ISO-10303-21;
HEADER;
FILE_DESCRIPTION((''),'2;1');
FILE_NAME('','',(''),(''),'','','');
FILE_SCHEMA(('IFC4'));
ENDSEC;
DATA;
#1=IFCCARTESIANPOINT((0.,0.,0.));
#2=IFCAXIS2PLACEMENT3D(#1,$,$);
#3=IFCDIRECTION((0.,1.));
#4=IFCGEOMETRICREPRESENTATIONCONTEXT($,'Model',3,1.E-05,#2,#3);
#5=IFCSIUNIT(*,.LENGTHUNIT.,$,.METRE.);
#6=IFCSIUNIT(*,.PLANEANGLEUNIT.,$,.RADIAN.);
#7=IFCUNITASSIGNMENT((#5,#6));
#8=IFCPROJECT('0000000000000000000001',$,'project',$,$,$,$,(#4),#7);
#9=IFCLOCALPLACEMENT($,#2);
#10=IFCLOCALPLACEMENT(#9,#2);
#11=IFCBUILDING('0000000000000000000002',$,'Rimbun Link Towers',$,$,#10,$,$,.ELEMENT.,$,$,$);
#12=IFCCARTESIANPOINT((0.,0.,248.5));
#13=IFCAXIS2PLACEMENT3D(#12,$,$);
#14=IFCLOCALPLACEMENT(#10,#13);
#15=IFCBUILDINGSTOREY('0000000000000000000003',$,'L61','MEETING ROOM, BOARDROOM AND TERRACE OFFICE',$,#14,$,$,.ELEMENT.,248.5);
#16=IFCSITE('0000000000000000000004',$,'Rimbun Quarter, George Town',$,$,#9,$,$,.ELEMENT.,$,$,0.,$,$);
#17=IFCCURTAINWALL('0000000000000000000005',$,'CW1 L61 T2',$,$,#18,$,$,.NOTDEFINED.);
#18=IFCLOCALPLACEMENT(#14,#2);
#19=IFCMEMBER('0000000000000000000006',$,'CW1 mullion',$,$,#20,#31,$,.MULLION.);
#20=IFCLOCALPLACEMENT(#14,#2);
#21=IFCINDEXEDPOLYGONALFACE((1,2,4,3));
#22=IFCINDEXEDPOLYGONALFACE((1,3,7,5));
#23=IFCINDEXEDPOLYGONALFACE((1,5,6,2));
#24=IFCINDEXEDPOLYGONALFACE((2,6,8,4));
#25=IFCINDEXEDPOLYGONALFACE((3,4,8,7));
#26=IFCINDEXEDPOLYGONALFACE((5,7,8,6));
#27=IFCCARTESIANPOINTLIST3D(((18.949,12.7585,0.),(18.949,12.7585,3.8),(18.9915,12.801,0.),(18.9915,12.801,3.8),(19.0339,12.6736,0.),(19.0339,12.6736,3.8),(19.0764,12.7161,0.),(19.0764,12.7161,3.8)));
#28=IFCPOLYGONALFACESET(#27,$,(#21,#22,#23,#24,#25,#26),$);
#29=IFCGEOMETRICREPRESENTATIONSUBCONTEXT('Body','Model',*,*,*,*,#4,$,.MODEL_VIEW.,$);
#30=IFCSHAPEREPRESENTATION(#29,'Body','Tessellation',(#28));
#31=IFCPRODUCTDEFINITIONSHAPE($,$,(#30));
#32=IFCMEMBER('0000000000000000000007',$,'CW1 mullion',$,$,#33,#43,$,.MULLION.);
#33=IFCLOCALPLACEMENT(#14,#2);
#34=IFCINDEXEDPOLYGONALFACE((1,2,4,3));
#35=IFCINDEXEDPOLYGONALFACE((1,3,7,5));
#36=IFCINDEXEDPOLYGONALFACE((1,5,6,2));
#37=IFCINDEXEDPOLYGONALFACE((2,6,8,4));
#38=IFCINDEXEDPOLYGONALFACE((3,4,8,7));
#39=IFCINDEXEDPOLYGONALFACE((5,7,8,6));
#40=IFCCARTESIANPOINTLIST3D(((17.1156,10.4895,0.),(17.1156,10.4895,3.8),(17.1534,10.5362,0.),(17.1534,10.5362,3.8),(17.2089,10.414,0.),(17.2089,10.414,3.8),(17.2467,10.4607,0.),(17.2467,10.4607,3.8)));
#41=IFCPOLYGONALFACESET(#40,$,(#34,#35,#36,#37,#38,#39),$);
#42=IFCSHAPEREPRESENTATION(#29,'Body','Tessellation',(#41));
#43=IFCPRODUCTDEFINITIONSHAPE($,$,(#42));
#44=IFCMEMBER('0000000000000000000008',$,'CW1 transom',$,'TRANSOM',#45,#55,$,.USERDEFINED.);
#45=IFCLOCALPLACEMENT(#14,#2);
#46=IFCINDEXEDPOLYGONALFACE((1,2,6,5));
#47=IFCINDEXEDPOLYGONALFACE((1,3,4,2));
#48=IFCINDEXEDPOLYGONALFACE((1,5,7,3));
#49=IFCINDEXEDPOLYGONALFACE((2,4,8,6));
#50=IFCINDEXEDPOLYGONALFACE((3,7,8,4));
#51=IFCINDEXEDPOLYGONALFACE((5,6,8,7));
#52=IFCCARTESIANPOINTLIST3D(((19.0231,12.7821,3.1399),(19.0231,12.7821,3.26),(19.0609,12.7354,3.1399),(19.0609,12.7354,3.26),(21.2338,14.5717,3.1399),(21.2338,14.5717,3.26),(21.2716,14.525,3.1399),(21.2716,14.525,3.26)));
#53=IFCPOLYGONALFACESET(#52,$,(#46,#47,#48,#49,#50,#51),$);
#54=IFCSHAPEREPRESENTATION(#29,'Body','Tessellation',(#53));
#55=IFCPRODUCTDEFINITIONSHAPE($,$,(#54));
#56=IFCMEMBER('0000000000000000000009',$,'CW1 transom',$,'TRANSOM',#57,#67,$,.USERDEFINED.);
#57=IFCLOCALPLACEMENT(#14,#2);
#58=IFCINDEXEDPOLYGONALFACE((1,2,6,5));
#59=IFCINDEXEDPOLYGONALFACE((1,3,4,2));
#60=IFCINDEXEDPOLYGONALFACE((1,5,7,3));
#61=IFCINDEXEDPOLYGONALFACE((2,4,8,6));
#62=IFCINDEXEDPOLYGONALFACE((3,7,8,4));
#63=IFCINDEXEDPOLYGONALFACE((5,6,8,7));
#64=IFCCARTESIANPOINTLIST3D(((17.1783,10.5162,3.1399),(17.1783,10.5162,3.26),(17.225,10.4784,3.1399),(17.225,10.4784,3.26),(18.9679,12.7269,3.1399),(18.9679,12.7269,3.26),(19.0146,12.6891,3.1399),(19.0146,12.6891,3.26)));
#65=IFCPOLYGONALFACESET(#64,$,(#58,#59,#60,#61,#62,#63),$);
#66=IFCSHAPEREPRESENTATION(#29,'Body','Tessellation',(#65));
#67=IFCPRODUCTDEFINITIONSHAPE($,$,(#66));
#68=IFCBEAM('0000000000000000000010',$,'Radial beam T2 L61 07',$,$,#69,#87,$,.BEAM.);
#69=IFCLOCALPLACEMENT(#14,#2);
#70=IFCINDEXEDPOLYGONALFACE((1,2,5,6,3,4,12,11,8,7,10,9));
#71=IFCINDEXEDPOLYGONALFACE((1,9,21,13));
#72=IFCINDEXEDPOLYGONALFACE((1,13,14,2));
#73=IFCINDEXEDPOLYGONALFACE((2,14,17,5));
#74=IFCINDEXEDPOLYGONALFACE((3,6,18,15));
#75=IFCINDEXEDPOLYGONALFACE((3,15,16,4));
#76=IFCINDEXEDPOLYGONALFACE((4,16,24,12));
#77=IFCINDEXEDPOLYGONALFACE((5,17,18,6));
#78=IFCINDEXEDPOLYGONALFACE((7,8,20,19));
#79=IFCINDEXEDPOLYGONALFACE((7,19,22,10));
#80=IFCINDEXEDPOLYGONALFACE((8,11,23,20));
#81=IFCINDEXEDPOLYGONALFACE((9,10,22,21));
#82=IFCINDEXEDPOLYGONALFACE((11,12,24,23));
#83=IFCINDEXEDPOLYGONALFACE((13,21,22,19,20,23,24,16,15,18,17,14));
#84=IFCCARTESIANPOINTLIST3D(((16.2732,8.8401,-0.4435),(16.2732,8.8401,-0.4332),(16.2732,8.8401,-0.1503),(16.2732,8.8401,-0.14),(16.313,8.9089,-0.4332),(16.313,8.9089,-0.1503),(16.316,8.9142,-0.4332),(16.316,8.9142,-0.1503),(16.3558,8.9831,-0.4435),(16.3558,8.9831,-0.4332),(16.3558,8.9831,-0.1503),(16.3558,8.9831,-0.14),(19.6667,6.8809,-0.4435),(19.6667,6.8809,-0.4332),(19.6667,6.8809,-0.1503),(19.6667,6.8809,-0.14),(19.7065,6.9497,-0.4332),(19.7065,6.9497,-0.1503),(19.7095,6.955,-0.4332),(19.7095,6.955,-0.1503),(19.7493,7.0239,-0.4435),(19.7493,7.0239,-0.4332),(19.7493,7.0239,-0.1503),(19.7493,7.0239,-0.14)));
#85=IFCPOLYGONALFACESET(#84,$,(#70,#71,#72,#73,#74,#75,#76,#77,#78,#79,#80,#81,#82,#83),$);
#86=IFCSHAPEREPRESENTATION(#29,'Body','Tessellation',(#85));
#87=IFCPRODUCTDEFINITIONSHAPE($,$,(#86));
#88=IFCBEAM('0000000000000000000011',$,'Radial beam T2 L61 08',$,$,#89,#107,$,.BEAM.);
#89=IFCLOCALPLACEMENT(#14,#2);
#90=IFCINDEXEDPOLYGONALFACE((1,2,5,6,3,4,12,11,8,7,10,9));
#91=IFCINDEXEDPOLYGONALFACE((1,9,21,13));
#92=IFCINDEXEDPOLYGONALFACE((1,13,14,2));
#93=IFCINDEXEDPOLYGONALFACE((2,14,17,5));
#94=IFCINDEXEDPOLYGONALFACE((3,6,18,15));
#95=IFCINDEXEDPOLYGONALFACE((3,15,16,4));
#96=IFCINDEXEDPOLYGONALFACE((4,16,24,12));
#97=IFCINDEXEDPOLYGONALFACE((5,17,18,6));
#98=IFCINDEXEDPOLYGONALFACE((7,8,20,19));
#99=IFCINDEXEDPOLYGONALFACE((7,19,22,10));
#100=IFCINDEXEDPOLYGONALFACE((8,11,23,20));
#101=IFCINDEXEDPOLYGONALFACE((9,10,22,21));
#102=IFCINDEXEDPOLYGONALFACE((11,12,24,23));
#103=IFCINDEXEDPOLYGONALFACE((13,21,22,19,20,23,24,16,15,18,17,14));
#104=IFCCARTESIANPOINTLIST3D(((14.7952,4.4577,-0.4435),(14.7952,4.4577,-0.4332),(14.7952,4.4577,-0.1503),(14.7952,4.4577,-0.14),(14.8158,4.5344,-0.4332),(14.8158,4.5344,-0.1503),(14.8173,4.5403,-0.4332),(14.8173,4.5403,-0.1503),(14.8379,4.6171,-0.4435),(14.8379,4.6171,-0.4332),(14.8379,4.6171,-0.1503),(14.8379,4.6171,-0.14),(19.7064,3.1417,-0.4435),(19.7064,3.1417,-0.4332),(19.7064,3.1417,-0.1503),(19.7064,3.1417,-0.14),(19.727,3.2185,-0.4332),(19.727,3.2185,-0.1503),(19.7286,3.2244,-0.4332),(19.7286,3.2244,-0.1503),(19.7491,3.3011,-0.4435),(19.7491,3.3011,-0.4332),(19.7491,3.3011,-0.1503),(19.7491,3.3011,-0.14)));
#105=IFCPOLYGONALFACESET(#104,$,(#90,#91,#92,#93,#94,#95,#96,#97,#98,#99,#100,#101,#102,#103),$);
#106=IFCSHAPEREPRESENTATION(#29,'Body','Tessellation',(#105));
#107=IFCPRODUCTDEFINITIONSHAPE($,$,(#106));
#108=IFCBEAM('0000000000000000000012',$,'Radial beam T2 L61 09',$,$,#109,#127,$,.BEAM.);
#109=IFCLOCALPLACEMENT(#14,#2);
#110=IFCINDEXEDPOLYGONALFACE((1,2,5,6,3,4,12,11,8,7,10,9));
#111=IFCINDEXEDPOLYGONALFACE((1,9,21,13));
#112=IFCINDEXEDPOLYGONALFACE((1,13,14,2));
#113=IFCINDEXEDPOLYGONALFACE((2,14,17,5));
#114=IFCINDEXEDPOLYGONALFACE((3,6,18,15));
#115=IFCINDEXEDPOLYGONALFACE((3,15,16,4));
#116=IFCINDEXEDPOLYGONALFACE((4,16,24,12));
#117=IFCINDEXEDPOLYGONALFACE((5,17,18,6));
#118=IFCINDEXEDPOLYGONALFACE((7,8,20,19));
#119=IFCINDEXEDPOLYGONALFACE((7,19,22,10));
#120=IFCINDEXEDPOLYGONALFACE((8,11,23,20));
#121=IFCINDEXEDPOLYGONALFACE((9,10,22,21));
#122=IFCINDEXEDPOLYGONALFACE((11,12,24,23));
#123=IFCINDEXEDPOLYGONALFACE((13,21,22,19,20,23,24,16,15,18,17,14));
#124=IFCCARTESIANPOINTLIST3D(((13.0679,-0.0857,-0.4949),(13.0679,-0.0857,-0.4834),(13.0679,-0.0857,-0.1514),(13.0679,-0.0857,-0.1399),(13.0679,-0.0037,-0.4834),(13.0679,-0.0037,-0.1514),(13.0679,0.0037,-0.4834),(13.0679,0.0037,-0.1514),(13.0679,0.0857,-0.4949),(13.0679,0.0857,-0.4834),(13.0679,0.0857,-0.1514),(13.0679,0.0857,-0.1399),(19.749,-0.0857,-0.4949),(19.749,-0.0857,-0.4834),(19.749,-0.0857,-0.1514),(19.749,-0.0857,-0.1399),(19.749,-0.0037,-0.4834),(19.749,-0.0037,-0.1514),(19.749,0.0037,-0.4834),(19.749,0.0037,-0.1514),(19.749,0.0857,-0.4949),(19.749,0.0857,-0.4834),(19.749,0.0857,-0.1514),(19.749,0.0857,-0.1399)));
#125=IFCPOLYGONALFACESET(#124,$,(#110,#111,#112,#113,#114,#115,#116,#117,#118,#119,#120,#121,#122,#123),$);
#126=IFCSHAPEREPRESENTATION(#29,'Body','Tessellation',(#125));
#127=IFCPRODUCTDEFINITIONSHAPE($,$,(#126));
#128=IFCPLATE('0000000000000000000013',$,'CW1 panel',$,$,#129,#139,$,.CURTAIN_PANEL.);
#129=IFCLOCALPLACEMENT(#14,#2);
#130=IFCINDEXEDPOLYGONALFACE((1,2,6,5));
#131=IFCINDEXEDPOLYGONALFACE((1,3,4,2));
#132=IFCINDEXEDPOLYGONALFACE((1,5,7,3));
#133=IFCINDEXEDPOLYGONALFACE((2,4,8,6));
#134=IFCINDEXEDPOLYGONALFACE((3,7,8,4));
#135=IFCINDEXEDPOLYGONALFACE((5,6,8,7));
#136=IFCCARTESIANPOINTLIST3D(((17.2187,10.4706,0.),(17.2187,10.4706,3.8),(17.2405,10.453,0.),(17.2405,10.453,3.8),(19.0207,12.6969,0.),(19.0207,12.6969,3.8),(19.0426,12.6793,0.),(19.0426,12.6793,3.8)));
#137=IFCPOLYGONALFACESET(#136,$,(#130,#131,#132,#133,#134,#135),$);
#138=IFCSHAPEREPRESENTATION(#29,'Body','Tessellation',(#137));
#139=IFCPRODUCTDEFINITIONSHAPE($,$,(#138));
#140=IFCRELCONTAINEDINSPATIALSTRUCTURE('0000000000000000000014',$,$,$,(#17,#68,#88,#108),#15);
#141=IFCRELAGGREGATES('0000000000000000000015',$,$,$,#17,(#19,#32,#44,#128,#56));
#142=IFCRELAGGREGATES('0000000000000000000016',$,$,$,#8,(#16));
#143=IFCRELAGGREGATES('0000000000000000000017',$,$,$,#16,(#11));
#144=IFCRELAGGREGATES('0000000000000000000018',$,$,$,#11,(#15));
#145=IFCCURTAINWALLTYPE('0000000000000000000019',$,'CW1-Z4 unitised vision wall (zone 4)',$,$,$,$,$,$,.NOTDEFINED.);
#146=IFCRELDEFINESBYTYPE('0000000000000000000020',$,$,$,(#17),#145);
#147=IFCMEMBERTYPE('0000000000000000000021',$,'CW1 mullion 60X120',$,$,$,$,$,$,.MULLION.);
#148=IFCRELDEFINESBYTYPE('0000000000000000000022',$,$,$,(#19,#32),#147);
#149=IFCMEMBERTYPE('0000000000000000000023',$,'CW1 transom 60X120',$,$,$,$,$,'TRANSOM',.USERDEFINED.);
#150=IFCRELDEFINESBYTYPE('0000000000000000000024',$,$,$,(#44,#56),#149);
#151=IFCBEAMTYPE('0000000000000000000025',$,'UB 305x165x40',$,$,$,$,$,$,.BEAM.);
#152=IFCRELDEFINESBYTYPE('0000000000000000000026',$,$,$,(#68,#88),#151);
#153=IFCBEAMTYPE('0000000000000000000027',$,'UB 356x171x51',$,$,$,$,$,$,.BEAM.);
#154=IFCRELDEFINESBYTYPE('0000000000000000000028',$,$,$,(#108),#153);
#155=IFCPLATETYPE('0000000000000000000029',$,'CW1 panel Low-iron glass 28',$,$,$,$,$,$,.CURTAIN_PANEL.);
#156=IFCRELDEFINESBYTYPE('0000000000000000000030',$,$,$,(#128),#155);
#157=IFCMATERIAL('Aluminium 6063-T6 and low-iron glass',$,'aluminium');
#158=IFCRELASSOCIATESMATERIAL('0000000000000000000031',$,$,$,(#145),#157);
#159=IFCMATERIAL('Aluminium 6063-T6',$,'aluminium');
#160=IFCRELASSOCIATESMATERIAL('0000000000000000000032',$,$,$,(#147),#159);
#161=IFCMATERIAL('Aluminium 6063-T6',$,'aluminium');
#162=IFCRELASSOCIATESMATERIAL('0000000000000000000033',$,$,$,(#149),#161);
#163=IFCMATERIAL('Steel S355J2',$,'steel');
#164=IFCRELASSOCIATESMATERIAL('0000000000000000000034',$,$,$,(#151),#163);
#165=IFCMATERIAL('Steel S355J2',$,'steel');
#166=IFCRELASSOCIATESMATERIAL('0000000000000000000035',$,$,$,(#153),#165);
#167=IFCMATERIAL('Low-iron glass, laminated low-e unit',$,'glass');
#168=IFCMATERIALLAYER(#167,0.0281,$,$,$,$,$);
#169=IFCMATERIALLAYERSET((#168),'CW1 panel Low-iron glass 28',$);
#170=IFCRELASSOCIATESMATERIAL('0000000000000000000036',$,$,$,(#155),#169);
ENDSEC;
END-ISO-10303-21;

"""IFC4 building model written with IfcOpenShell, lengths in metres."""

from ifc_helpers import new_model, si_unit, direction, frame, origin, origin_2d, place, context, subcontext, project, spatial, rectangle, i_section, extrude, material, layer, layer_set, material_profile, profile_set, type_object, element, aggregate, save


model = new_model("IFC4")

# Units and contexts
model_context = context("Model", 3, precision=1e-05, world=origin(), true_north=direction((0.0, 1.0)))
body_context = subcontext(model_context, "Body", "Model", "MODEL_VIEW")
ifc_project = project(units=[si_unit("LENGTHUNIT", "METRE"), si_unit("PLANEANGLEUNIT", "RADIAN")], contexts=[model_context])

# Site, building, storey
site_placement = place(None, origin())
site = spatial("IfcSite", under=ifc_project, at=site_placement, Name="Rimbun Quarter, George Town", CompositionType="ELEMENT", RefElevation=0.0)
building_placement = place(site_placement, origin())
building = spatial("IfcBuilding", under=site, at=building_placement, Name="Rimbun Link Towers", CompositionType="ELEMENT")
storey_placement = place(building_placement, frame((0.0, 0.0, 248.5)))
storey = spatial("IfcBuildingStorey", under=building, at=storey_placement, Name="L61", Description="MEETING ROOM, BOARDROOM AND TERRACE OFFICE", CompositionType="ELEMENT", Elevation=248.5)

# Curtain wall, members
ifc_material_1 = material(Name="Aluminium 6063-T6 and low-iron glass", Category="aluminium")
curtain_wall_type = type_object("IfcCurtainWallType", Name="CW1-Z4 unitised vision wall (zone 4)", PredefinedType="NOTDEFINED", material=ifc_material_1)
curtain_wall_placement = place(storey_placement, origin())
curtain_wall = element("IfcCurtainWall", 1, at=curtain_wall_placement, inside=storey, type_object=curtain_wall_type, Name="CW1 L61 T2", PredefinedType="NOTDEFINED")
ifc_material_2 = material(Name="Aluminium 6063-T6", Category="aluminium")
ifc_material_profile_1 = material_profile(ifc_material_2, rectangle(XDim=0.1201, YDim=0.0601, at=origin_2d()), Name="MULLION 60X120")
ifc_profile_set_1 = profile_set([ifc_material_profile_1], Name="Aluminium 6063-T6")
member_type_1 = type_object("IfcMemberType", Name="CW1 mullion 60X120", PredefinedType="MULLION", material=ifc_profile_set_1)
member_1_placement = place(storey_placement, frame((19.0127, 12.7373, 0.0), z_axis=(0.0, 0.0, 1.0), x_axis=(-0.707107, 0.707107, 0.0)))
member_1 = element("IfcMember", 2, at=member_1_placement, type_object=member_type_1, Name="CW1 mullion", PredefinedType="MULLION", context=body_context, shape_type="SweptSolid", body=[
    extrude(rectangle(XDim=0.1201, YDim=0.0601, at=origin_2d()), origin(), (0.0, 0.0, 1.0), 3.8),
])
member_2_placement = place(storey_placement, frame((17.1812, 10.4751, 0.0), z_axis=(0.0, 0.0, 1.0), x_axis=(-0.777277, 0.629159, 0.0)))
member_2 = element("IfcMember", 3, at=member_2_placement, type_object=member_type_1, Name="CW1 mullion", PredefinedType="MULLION", context=body_context, shape_type="SweptSolid", body=[
    extrude(rectangle(XDim=0.1201, YDim=0.0601, at=origin_2d()), origin(), (0.0, 0.0, 1.0), 3.8),
])
ifc_material_3 = material(Name="Aluminium 6063-T6", Category="aluminium")
ifc_material_profile_2 = material_profile(ifc_material_3, rectangle(XDim=0.0601, YDim=0.1201, at=origin_2d()), Name="TRANSOM 60X120")
ifc_profile_set_2 = profile_set([ifc_material_profile_2], Name="Aluminium 6063-T6")
member_type_2 = type_object("IfcMemberType", Name="CW1 transom 60X120", ElementType="TRANSOM", PredefinedType="USERDEFINED", material=ifc_profile_set_2)
member_3_placement = place(storey_placement, frame((19.042, 12.7588, 3.2), z_axis=(0.777255, 0.629186, 0.0), x_axis=(-0.629186, 0.777255, 0.0)))
member_3 = element("IfcMember", 4, at=member_3_placement, type_object=member_type_2, Name="CW1 transom", ObjectType="TRANSOM", PredefinedType="USERDEFINED", context=body_context, shape_type="SweptSolid", body=[
    extrude(rectangle(XDim=0.0601, YDim=0.1201, at=origin_2d()), origin(), (0.0, 0.0, 1.0), 2.8442),
])
member_4_placement = place(storey_placement, frame((17.2017, 10.4973, 3.2), z_axis=(0.629186, 0.777255, 0.0), x_axis=(-0.777255, 0.629186, 0.0)))
member_4 = element("IfcMember", 5, at=member_4_placement, type_object=member_type_2, Name="CW1 transom", ObjectType="TRANSOM", PredefinedType="USERDEFINED", context=body_context, shape_type="SweptSolid", body=[
    extrude(rectangle(XDim=0.0601, YDim=0.1201, at=origin_2d()), origin(), (0.0, 0.0, 1.0), 2.8442),
])

# Beams
ifc_material_4 = material(Name="Steel S355J2", Category="steel")
ifc_material_profile_3 = material_profile(ifc_material_4, i_section(OverallWidth=0.165, OverallDepth=0.3035, WebThickness=0.0061, FlangeThickness=0.0103, at=origin_2d()), Name="UB 305x165x40")
ifc_profile_set_3 = profile_set([ifc_material_profile_3], Name="Steel S355J2")
beam_type_1 = type_object("IfcBeamType", Name="UB 305x165x40", PredefinedType="BEAM", material=ifc_profile_set_3)
beam_1_placement = place(storey_placement, frame((19.708, 6.9524, -0.2917), z_axis=(-0.86603, 0.499992, 0.0), x_axis=(-0.499992, -0.86603, 0.0)))
element("IfcBeam", 6, at=beam_1_placement, inside=storey, type_object=beam_type_1, Name="Radial beam T2 L61 07", PredefinedType="BEAM", context=body_context, shape_type="SweptSolid", body=[
    extrude(i_section(OverallWidth=0.165, OverallDepth=0.3035, WebThickness=0.0061, FlangeThickness=0.0103, at=origin_2d()), origin(), (0.0, 0.0, 1.0), 3.9185),
])
beam_2_placement = place(storey_placement, frame((19.7278, 3.2214, -0.2917), z_axis=(-0.965927, 0.258816, 0.0), x_axis=(-0.258816, -0.965927, 0.0)))
element("IfcBeam", 7, at=beam_2_placement, inside=storey, type_object=beam_type_1, Name="Radial beam T2 L61 08", PredefinedType="BEAM", context=body_context, shape_type="SweptSolid", body=[
    extrude(i_section(OverallWidth=0.165, OverallDepth=0.3035, WebThickness=0.0061, FlangeThickness=0.0103, at=origin_2d()), origin(), (0.0, 0.0, 1.0), 5.0845),
])
ifc_material_5 = material(Name="Steel S355J2", Category="steel")
ifc_material_profile_4 = material_profile(ifc_material_5, i_section(OverallWidth=0.1714, OverallDepth=0.355, WebThickness=0.0073, FlangeThickness=0.0115, at=origin_2d()), Name="UB 356x171x51")
ifc_profile_set_4 = profile_set([ifc_material_profile_4], Name="Steel S355J2")
beam_type_2 = type_object("IfcBeamType", Name="UB 356x171x51", PredefinedType="BEAM", material=ifc_profile_set_4)
beam_3_placement = place(storey_placement, frame((19.749, 0.0, -0.3174), z_axis=(-1.0, 0.0, 0.0), x_axis=(0.0, -1.0, 0.0)))
element("IfcBeam", 8, at=beam_3_placement, inside=storey, type_object=beam_type_2, Name="Radial beam T2 L61 09", PredefinedType="BEAM", context=body_context, shape_type="SweptSolid", body=[
    extrude(i_section(OverallWidth=0.1714, OverallDepth=0.355, WebThickness=0.0073, FlangeThickness=0.0115, at=origin_2d()), origin(), (0.0, 0.0, 1.0), 6.6812),
])

# Plate
ifc_material_6 = material(Name="Low-iron glass, laminated low-e unit", Category="glass")
ifc_layer_1 = layer(ifc_material_6, 0.0281)
ifc_layer_set_1 = layer_set([ifc_layer_1], Name="CW1 panel Low-iron glass 28")
plate_type = type_object("IfcPlateType", Name="CW1 panel Low-iron glass 28", PredefinedType="CURTAIN_PANEL", material=ifc_layer_set_1)
plate_placement = place(storey_placement, frame((18.1306, 11.575, 0.0), z_axis=(0.0, 0.0, 1.0), x_axis=(0.629159, 0.777277, 0.0)))
plate = element("IfcPlate", 9, at=plate_placement, type_object=plate_type, Name="CW1 panel", PredefinedType="CURTAIN_PANEL", context=body_context, shape_type="SweptSolid", body=[
    extrude(rectangle(XDim=2.8643, YDim=0.0281, at=origin_2d()), origin(), (0.0, 0.0, 1.0), 3.8),
])
aggregate(curtain_wall, [member_1, member_2, member_3, plate, member_4])

save(model, "model.ifc")
